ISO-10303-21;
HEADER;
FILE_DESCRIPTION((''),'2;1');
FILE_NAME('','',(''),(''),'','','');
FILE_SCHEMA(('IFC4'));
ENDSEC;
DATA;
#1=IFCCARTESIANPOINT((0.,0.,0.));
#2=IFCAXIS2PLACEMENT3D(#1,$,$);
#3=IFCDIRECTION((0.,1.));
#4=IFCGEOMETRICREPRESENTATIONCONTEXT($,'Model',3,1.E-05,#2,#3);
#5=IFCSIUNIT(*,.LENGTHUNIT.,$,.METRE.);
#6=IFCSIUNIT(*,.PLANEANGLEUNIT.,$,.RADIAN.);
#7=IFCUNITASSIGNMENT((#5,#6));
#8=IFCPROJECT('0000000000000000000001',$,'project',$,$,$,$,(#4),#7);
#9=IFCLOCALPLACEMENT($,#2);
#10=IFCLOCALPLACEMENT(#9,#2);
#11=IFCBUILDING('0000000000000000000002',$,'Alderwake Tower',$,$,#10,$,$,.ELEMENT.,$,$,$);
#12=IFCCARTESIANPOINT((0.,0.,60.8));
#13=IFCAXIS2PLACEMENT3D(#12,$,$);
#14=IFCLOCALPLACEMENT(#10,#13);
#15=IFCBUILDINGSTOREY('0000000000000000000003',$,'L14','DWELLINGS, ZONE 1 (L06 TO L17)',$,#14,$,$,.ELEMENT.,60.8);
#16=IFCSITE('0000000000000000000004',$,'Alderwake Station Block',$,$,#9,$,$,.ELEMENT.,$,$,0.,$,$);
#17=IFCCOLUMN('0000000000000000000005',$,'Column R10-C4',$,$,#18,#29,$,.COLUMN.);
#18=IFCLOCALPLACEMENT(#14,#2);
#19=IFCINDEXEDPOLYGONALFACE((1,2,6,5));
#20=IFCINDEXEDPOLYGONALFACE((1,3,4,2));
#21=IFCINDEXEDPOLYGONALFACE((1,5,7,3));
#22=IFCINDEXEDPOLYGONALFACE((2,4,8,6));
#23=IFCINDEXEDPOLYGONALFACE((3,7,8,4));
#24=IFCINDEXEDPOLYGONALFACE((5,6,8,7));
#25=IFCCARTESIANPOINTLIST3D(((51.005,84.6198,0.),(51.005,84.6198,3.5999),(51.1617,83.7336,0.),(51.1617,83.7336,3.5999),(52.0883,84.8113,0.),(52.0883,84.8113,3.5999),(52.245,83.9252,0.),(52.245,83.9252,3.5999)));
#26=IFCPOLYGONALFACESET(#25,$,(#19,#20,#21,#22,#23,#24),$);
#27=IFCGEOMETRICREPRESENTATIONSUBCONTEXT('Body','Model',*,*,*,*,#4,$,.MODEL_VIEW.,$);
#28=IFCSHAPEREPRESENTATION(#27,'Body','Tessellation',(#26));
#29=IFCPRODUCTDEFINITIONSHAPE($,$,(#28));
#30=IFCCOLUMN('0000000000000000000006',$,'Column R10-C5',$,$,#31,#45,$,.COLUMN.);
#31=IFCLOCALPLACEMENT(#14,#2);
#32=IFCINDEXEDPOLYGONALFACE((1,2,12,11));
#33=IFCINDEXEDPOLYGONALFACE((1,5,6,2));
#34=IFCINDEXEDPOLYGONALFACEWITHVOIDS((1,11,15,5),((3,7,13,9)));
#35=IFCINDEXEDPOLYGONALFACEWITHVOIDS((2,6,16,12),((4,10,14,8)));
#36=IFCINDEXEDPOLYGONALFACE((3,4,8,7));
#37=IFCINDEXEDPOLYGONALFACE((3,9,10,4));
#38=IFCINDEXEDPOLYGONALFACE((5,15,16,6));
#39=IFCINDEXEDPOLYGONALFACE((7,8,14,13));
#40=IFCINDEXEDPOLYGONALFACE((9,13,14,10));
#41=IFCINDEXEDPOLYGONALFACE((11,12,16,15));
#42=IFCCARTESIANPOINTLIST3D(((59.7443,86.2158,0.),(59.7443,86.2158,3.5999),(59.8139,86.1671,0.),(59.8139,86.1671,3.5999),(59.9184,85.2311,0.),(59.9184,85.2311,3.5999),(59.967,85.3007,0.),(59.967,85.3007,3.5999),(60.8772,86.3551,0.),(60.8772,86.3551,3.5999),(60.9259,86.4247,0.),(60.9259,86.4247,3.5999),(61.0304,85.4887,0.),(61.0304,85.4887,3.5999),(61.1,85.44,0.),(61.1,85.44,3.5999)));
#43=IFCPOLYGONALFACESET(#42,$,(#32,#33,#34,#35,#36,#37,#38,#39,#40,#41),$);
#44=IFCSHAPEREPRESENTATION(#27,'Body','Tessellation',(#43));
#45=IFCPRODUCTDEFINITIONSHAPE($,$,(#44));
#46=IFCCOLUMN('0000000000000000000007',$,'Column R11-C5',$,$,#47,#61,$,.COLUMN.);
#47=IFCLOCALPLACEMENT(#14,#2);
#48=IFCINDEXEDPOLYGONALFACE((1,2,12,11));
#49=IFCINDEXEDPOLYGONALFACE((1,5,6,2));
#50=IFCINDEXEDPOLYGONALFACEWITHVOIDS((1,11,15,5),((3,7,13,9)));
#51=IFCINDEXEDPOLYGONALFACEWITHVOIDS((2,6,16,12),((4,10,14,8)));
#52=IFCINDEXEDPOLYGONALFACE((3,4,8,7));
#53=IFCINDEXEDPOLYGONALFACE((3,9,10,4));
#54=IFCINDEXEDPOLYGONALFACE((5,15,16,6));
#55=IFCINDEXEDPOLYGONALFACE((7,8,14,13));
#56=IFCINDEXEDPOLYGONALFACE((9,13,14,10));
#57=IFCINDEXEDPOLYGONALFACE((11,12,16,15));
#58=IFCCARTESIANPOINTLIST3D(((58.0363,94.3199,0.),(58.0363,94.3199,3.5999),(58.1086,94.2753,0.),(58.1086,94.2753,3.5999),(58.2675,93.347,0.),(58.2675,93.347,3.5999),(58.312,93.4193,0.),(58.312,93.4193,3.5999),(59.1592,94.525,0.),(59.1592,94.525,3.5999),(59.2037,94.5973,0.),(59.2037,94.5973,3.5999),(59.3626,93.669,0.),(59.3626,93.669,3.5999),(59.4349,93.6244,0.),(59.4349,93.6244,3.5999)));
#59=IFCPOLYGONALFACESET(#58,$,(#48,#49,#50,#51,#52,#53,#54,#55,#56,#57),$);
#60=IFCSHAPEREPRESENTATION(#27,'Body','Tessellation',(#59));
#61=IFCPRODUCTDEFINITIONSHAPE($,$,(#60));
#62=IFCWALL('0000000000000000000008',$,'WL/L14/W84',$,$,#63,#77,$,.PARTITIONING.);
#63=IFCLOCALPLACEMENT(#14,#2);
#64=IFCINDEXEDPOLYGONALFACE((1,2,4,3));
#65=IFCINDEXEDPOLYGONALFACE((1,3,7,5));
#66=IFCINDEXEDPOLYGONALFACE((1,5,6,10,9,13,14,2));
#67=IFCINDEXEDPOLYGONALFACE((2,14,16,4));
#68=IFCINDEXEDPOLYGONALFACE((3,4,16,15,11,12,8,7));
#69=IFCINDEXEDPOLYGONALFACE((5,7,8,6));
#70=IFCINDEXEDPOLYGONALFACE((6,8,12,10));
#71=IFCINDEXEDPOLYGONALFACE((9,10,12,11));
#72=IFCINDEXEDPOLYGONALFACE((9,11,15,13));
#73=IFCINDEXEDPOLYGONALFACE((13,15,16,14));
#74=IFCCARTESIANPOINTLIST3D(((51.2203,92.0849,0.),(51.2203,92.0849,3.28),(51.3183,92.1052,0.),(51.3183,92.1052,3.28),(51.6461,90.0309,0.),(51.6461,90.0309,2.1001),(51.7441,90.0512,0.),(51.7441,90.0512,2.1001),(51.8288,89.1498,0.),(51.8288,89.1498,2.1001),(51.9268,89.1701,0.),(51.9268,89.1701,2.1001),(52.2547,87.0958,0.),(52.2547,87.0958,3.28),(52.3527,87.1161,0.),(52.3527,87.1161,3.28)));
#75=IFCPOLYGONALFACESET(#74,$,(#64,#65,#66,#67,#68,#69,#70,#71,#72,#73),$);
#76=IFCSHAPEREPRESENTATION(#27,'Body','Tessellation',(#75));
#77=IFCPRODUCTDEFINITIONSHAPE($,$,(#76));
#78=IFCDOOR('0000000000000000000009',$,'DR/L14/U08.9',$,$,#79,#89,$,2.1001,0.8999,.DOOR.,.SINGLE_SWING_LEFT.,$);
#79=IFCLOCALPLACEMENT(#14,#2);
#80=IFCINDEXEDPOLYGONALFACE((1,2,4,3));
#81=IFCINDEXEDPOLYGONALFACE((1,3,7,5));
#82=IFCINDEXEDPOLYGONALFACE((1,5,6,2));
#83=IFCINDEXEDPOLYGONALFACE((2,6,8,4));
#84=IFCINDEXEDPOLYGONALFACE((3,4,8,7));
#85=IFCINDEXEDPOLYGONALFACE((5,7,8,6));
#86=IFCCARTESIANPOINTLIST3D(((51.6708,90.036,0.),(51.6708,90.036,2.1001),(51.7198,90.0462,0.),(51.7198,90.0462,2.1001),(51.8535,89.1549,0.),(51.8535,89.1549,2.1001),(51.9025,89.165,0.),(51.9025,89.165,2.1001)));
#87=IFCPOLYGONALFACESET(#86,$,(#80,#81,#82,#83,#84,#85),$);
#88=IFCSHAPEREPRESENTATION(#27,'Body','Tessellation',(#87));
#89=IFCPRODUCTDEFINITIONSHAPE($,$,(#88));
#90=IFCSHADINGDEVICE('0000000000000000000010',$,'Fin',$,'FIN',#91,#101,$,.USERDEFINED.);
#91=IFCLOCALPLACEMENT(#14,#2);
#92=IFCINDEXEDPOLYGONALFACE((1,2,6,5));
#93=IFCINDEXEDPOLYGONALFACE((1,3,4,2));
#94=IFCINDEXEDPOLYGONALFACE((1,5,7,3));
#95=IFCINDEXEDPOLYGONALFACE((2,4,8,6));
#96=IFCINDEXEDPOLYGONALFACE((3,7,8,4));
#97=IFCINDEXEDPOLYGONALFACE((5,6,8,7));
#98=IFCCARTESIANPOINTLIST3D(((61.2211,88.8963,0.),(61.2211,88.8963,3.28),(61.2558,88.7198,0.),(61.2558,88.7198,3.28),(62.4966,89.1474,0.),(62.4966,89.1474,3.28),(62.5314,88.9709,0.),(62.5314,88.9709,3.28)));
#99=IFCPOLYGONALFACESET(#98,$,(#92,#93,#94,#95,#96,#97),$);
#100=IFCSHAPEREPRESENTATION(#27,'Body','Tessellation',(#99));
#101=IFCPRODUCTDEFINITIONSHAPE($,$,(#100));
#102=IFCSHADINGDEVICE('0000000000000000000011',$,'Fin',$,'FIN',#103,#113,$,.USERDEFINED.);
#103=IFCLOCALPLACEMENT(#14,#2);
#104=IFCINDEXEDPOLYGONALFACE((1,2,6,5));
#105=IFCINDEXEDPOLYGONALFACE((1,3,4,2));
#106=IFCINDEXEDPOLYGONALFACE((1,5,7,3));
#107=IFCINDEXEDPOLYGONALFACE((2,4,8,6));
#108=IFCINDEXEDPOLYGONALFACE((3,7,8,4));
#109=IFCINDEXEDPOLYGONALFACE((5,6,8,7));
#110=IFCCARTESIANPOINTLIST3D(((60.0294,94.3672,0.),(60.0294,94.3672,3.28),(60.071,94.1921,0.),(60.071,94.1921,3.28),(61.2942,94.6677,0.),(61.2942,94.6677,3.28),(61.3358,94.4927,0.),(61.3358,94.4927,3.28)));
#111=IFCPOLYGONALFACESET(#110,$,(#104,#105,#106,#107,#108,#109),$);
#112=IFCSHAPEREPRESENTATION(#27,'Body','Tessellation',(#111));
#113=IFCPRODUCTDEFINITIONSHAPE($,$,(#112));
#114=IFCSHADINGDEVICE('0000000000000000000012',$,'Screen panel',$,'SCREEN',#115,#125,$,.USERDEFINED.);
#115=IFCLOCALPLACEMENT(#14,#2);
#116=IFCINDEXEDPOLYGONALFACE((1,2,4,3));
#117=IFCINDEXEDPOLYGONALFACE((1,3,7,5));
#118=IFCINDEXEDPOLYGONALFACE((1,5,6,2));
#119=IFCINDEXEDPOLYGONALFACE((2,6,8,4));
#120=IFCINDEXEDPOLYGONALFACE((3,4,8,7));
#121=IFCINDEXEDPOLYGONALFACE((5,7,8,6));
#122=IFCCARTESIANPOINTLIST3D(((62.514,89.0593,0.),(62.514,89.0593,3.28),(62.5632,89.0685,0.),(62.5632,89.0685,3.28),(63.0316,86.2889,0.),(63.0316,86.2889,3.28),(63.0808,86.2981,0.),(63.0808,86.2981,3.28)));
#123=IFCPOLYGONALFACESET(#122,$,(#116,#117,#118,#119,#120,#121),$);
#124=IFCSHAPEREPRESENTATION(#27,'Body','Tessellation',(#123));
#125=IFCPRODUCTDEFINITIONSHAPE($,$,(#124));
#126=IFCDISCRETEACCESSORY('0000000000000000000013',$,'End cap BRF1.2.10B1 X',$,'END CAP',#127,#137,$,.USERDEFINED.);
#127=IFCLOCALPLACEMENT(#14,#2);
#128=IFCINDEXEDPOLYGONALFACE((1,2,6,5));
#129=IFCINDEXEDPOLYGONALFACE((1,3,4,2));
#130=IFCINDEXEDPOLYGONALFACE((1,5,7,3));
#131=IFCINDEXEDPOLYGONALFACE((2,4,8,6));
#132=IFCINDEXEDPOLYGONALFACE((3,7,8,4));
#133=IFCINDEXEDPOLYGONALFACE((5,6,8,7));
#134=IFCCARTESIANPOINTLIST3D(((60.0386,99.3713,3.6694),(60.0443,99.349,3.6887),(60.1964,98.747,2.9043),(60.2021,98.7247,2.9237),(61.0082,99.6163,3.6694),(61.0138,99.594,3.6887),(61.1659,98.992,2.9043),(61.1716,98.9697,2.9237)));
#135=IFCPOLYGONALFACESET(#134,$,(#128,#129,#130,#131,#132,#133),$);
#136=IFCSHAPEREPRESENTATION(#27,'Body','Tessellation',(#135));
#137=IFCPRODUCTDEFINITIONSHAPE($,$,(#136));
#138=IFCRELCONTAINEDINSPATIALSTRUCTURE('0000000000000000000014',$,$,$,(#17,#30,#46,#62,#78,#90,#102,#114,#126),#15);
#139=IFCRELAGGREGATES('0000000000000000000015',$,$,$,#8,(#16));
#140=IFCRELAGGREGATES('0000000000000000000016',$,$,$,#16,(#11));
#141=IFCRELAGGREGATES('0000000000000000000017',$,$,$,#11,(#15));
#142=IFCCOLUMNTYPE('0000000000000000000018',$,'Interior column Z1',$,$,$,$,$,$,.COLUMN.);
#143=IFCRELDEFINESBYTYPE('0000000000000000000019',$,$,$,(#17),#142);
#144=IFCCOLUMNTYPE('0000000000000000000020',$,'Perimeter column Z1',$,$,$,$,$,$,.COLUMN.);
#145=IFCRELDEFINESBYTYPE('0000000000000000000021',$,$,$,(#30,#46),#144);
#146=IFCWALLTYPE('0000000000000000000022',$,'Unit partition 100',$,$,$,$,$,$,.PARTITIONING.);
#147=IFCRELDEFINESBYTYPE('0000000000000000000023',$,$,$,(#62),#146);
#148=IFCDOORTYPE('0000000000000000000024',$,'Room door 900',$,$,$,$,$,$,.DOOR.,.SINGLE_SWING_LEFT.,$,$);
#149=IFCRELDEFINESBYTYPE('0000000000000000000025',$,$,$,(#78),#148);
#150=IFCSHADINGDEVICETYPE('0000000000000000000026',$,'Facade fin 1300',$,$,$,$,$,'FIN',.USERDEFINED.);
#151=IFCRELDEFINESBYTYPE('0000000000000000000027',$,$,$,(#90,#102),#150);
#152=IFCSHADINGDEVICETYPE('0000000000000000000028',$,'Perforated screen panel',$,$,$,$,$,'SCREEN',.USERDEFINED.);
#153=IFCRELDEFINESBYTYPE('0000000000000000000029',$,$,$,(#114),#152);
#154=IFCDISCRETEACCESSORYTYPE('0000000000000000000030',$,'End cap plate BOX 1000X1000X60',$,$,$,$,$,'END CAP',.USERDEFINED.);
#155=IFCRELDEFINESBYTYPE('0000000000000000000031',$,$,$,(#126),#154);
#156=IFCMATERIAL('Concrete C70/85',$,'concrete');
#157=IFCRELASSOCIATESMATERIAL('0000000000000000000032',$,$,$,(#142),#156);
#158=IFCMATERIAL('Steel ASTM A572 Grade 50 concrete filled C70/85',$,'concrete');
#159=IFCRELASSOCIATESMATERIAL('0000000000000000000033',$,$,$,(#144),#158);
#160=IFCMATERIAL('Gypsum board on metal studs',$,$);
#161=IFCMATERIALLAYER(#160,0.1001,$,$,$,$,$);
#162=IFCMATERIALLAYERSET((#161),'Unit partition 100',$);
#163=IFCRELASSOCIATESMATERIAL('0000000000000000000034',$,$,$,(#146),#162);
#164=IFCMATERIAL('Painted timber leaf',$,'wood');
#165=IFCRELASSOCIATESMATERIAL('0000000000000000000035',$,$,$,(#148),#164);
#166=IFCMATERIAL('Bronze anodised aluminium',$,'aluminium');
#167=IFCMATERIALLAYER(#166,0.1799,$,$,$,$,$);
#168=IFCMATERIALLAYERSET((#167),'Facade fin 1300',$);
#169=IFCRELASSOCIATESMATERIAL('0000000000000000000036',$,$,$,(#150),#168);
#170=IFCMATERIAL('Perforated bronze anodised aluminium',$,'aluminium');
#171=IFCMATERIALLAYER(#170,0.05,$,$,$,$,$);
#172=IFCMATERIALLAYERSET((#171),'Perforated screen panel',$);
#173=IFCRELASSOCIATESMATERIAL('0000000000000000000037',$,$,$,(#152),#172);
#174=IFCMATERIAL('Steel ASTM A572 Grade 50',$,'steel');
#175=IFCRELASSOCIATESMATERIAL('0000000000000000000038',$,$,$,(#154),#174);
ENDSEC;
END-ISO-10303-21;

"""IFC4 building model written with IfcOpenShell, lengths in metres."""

from ifc_helpers import new_model, si_unit, direction, frame, frame_2d, origin, origin_2d, place, context, subcontext, project, spatial, rectangle, hollow_rectangle, extrude, material, layer, layer_set, material_profile, profile_set, type_object, element, fill, save


model = new_model("IFC4")

# Units and contexts
model_context = context("Model", 3, precision=1e-05, world=origin(), true_north=direction((0.0, 1.0)))
body_context = subcontext(model_context, "Body", "Model", "MODEL_VIEW")
ifc_project = project(units=[si_unit("LENGTHUNIT", "METRE"), si_unit("PLANEANGLEUNIT", "RADIAN")], contexts=[model_context])

# Site, building, storey
site_placement = place(None, origin())
site = spatial("IfcSite", under=ifc_project, at=site_placement, Name="Alderwake Station Block", CompositionType="ELEMENT", RefElevation=0.0)
building_placement = place(site_placement, origin())
building = spatial("IfcBuilding", under=site, at=building_placement, Name="Alderwake Tower", CompositionType="ELEMENT")
storey_placement = place(building_placement, frame((0.0, 0.0, 60.8)))
storey = spatial("IfcBuildingStorey", under=building, at=storey_placement, Name="L14", Description="DWELLINGS, ZONE 1 (L06 TO L17)", CompositionType="ELEMENT", Elevation=60.8)

# Columns
ifc_material_1 = material(Name="Concrete C70/85", Category="concrete")
ifc_material_profile_1 = material_profile(ifc_material_1, rectangle(XDim=0.8999, YDim=1.1001, at=origin_2d()), Name="RC 1100X900")
ifc_profile_set_1 = profile_set([ifc_material_profile_1], Name="Concrete C70/85")
column_type_1 = type_object("IfcColumnType", Name="Interior column Z1", PredefinedType="COLUMN", material=ifc_profile_set_1)
column_placement = place(storey_placement, frame((51.625, 84.2725, 0.0), z_axis=(0.0, 0.0, 1.0), x_axis=(-0.174109, 0.984726, 0.0)))
element("IfcColumn", 1, at=column_placement, inside=storey, type_object=column_type_1, Name="Column R10-C4", PredefinedType="COLUMN", context=body_context, shape_type="SweptSolid", body=[
    extrude(rectangle(XDim=0.8999, YDim=1.1001, at=origin_2d()), origin(), (0.0, 0.0, 1.0), 3.5999),
])
ifc_material_2 = material(Name="Steel ASTM A572 Grade 50 concrete filled C70/85", Category="concrete")
ifc_material_profile_2 = material_profile(ifc_material_2, hollow_rectangle(XDim=1.0, YDim=1.2, WallThickness=0.0601, at=origin_2d()), Name="BOX 1200X1000X60")
ifc_profile_set_2 = profile_set([ifc_material_profile_2], Name="Steel ASTM A572 Grade 50 concrete filled C70/85")
column_type_2 = type_object("IfcColumnType", Name="Perimeter column Z1", PredefinedType="COLUMN", material=ifc_profile_set_2)
for number, where, z_axis, x_axis, name in (
    (2, (60.4221, 85.8279, 0.0), (0.0, 0.0, 1.0), (-0.174109, 0.984726, 0.0), "Column R10-C5"),
    (3, (58.7356, 93.9722, 0.0), (0.0, 0.0, 1.0), (-0.231222, 0.972901, 0.0), "Column R11-C5"),
):
    element("IfcColumn", number, at=place(storey_placement, frame(where, z_axis=z_axis, x_axis=x_axis)), inside=storey, type_object=column_type_2, Name=name, PredefinedType="COLUMN", context=body_context, shape_type="SweptSolid", body=[
        extrude(hollow_rectangle(XDim=1.0, YDim=1.2, WallThickness=0.0601, at=origin_2d()), origin(), (0.0, 0.0, 1.0), 3.5999),
    ])

# Wall, opening, door
ifc_material_3 = material(Name="Gypsum board on metal studs")
ifc_layer_1 = layer(ifc_material_3, 0.1001)
ifc_layer_set_1 = layer_set([ifc_layer_1], Name="Unit partition 100")
wall_type_1 = type_object("IfcWallType", Name="Unit partition 100", PredefinedType="PARTITIONING", material=ifc_layer_set_1)
wall_1_placement = place(storey_placement, frame((52.3037, 87.106, 0.0), z_axis=(0.0, 0.0, 1.0), x_axis=(-0.203022, 0.979174, 0.0)))
wall_1 = element("IfcWall", 4, at=wall_1_placement, inside=storey, type_object=wall_type_1, Name="WL/L14/W84", PredefinedType="PARTITIONING", context=body_context, shape_type="SweptSolid", body=[
    extrude(rectangle(XDim=5.0952, YDim=0.1001, at=frame_2d((2.5476, 0.0))), origin(), (0.0, 0.0, 1.0), 3.28),
])
opening_1_placement = place(wall_1_placement, frame((2.0977, 0.0, 0.0)))
opening_1 = element("IfcOpeningElement", 5, at=opening_1_placement, cuts=wall_1, PredefinedType="OPENING", context=body_context, shape_type="SweptSolid", body=[
    extrude(rectangle(XDim=0.8999, YDim=2.1001, at=frame_2d((0.45, 1.05))), frame((0.0, 0.0601, 0.0), z_axis=(0.0, -1.0, 0.0), x_axis=(1.0, 0.0, 0.0)), (0.0, 0.0, 1.0), 0.1201),
])
ifc_material_4 = material(Name="Painted timber leaf", Category="wood")
door_type_1 = type_object("IfcDoorType", Name="Room door 900", OperationType="SINGLE_SWING_LEFT", PredefinedType="DOOR", material=ifc_material_4)
door_1_placement = place(opening_1_placement, origin())
door_1 = element("IfcDoor", 6, at=door_1_placement, inside=storey, type_object=door_type_1, Name="DR/L14/U08.9", OperationType="SINGLE_SWING_LEFT", OverallHeight=2.1001, OverallWidth=0.8999, PredefinedType="DOOR", context=body_context, shape_type="SweptSolid", body=[
    extrude(rectangle(XDim=0.8999, YDim=2.1001, at=frame_2d((0.45, 1.05))), frame((0.0, 0.0249, 0.0), z_axis=(0.0, -1.0, 0.0), x_axis=(1.0, 0.0, 0.0)), (0.0, 0.0, 1.0), 0.05),
])
fill(opening_1, door_1)

# Shading devices
ifc_material_5 = material(Name="Bronze anodised aluminium", Category="aluminium")
ifc_layer_2 = layer(ifc_material_5, 0.1799)
ifc_layer_set_2 = layer_set([ifc_layer_2], Name="Facade fin 1300")
shading_device_type_1 = type_object("IfcShadingDeviceType", Name="Facade fin 1300", ElementType="FIN", PredefinedType="USERDEFINED", material=ifc_layer_set_2)
for number, where, z_axis, x_axis, name in (
    (7, (61.8762, 88.9336, 0.0), (0.0, 0.0, 1.0), (0.981164, 0.193178, 0.0), "Fin"),
    (8, (60.6826, 94.4299, 0.0), (0.0, 0.0, 1.0), (0.972909, 0.231189, 0.0), "Fin"),
):
    element("IfcShadingDevice", number, at=place(storey_placement, frame(where, z_axis=z_axis, x_axis=x_axis)), inside=storey, type_object=shading_device_type_1, Name=name, ObjectType="FIN", PredefinedType="USERDEFINED", context=body_context, shape_type="SweptSolid", body=[
        extrude(rectangle(XDim=1.3, YDim=0.1799, at=origin_2d()), origin(), (0.0, 0.0, 1.0), 3.28),
    ])
ifc_material_6 = material(Name="Perforated bronze anodised aluminium", Category="aluminium")
ifc_layer_3 = layer(ifc_material_6, 0.05)
ifc_layer_set_3 = layer_set([ifc_layer_3], Name="Perforated screen panel")
shading_device_type_2 = type_object("IfcShadingDeviceType", Name="Perforated screen panel", ElementType="SCREEN", PredefinedType="USERDEFINED", material=ifc_layer_set_3)
shading_device_placement = place(storey_placement, frame((62.7974, 87.6787, 0.0), z_axis=(0.0, 0.0, 1.0), x_axis=(0.982991, 0.183651, 0.0)))
element("IfcShadingDevice", 9, at=shading_device_placement, inside=storey, type_object=shading_device_type_2, Name="Screen panel", ObjectType="SCREEN", PredefinedType="USERDEFINED", context=body_context, shape_type="SweptSolid", body=[
    extrude(rectangle(XDim=0.05, YDim=2.8184, at=origin_2d()), origin(), (0.0, 0.0, 1.0), 3.28),
])

# Discrete accessory
ifc_material_7 = material(Name="Steel ASTM A572 Grade 50", Category="steel")
ifc_material_profile_3 = material_profile(ifc_material_7, rectangle(XDim=1.0, YDim=1.0, at=origin_2d()), Name="BOX 1000X1000X60 cap")
ifc_profile_set_3 = profile_set([ifc_material_profile_3], Name="Steel ASTM A572 Grade 50")
discrete_accessory_type = type_object("IfcDiscreteAccessoryType", Name="End cap plate BOX 1000X1000X60", ElementType="END CAP", PredefinedType="USERDEFINED", material=ifc_profile_set_3)
discrete_accessory_placement = place(storey_placement, frame((60.6023, 99.1816, 3.2869), z_axis=(0.187476, -0.741752, 0.643939), x_axis=(0.969513, 0.245042, 0.0)))
element("IfcDiscreteAccessory", 10, at=discrete_accessory_placement, inside=storey, type_object=discrete_accessory_type, Name="End cap BRF1.2.10B1 X", ObjectType="END CAP", PredefinedType="USERDEFINED", context=body_context, shape_type="SweptSolid", body=[
    extrude(rectangle(XDim=1.0, YDim=1.0, at=origin_2d()), origin(), (0.0, 0.0, 1.0), 0.03),
])

save(model, "model.ifc")
